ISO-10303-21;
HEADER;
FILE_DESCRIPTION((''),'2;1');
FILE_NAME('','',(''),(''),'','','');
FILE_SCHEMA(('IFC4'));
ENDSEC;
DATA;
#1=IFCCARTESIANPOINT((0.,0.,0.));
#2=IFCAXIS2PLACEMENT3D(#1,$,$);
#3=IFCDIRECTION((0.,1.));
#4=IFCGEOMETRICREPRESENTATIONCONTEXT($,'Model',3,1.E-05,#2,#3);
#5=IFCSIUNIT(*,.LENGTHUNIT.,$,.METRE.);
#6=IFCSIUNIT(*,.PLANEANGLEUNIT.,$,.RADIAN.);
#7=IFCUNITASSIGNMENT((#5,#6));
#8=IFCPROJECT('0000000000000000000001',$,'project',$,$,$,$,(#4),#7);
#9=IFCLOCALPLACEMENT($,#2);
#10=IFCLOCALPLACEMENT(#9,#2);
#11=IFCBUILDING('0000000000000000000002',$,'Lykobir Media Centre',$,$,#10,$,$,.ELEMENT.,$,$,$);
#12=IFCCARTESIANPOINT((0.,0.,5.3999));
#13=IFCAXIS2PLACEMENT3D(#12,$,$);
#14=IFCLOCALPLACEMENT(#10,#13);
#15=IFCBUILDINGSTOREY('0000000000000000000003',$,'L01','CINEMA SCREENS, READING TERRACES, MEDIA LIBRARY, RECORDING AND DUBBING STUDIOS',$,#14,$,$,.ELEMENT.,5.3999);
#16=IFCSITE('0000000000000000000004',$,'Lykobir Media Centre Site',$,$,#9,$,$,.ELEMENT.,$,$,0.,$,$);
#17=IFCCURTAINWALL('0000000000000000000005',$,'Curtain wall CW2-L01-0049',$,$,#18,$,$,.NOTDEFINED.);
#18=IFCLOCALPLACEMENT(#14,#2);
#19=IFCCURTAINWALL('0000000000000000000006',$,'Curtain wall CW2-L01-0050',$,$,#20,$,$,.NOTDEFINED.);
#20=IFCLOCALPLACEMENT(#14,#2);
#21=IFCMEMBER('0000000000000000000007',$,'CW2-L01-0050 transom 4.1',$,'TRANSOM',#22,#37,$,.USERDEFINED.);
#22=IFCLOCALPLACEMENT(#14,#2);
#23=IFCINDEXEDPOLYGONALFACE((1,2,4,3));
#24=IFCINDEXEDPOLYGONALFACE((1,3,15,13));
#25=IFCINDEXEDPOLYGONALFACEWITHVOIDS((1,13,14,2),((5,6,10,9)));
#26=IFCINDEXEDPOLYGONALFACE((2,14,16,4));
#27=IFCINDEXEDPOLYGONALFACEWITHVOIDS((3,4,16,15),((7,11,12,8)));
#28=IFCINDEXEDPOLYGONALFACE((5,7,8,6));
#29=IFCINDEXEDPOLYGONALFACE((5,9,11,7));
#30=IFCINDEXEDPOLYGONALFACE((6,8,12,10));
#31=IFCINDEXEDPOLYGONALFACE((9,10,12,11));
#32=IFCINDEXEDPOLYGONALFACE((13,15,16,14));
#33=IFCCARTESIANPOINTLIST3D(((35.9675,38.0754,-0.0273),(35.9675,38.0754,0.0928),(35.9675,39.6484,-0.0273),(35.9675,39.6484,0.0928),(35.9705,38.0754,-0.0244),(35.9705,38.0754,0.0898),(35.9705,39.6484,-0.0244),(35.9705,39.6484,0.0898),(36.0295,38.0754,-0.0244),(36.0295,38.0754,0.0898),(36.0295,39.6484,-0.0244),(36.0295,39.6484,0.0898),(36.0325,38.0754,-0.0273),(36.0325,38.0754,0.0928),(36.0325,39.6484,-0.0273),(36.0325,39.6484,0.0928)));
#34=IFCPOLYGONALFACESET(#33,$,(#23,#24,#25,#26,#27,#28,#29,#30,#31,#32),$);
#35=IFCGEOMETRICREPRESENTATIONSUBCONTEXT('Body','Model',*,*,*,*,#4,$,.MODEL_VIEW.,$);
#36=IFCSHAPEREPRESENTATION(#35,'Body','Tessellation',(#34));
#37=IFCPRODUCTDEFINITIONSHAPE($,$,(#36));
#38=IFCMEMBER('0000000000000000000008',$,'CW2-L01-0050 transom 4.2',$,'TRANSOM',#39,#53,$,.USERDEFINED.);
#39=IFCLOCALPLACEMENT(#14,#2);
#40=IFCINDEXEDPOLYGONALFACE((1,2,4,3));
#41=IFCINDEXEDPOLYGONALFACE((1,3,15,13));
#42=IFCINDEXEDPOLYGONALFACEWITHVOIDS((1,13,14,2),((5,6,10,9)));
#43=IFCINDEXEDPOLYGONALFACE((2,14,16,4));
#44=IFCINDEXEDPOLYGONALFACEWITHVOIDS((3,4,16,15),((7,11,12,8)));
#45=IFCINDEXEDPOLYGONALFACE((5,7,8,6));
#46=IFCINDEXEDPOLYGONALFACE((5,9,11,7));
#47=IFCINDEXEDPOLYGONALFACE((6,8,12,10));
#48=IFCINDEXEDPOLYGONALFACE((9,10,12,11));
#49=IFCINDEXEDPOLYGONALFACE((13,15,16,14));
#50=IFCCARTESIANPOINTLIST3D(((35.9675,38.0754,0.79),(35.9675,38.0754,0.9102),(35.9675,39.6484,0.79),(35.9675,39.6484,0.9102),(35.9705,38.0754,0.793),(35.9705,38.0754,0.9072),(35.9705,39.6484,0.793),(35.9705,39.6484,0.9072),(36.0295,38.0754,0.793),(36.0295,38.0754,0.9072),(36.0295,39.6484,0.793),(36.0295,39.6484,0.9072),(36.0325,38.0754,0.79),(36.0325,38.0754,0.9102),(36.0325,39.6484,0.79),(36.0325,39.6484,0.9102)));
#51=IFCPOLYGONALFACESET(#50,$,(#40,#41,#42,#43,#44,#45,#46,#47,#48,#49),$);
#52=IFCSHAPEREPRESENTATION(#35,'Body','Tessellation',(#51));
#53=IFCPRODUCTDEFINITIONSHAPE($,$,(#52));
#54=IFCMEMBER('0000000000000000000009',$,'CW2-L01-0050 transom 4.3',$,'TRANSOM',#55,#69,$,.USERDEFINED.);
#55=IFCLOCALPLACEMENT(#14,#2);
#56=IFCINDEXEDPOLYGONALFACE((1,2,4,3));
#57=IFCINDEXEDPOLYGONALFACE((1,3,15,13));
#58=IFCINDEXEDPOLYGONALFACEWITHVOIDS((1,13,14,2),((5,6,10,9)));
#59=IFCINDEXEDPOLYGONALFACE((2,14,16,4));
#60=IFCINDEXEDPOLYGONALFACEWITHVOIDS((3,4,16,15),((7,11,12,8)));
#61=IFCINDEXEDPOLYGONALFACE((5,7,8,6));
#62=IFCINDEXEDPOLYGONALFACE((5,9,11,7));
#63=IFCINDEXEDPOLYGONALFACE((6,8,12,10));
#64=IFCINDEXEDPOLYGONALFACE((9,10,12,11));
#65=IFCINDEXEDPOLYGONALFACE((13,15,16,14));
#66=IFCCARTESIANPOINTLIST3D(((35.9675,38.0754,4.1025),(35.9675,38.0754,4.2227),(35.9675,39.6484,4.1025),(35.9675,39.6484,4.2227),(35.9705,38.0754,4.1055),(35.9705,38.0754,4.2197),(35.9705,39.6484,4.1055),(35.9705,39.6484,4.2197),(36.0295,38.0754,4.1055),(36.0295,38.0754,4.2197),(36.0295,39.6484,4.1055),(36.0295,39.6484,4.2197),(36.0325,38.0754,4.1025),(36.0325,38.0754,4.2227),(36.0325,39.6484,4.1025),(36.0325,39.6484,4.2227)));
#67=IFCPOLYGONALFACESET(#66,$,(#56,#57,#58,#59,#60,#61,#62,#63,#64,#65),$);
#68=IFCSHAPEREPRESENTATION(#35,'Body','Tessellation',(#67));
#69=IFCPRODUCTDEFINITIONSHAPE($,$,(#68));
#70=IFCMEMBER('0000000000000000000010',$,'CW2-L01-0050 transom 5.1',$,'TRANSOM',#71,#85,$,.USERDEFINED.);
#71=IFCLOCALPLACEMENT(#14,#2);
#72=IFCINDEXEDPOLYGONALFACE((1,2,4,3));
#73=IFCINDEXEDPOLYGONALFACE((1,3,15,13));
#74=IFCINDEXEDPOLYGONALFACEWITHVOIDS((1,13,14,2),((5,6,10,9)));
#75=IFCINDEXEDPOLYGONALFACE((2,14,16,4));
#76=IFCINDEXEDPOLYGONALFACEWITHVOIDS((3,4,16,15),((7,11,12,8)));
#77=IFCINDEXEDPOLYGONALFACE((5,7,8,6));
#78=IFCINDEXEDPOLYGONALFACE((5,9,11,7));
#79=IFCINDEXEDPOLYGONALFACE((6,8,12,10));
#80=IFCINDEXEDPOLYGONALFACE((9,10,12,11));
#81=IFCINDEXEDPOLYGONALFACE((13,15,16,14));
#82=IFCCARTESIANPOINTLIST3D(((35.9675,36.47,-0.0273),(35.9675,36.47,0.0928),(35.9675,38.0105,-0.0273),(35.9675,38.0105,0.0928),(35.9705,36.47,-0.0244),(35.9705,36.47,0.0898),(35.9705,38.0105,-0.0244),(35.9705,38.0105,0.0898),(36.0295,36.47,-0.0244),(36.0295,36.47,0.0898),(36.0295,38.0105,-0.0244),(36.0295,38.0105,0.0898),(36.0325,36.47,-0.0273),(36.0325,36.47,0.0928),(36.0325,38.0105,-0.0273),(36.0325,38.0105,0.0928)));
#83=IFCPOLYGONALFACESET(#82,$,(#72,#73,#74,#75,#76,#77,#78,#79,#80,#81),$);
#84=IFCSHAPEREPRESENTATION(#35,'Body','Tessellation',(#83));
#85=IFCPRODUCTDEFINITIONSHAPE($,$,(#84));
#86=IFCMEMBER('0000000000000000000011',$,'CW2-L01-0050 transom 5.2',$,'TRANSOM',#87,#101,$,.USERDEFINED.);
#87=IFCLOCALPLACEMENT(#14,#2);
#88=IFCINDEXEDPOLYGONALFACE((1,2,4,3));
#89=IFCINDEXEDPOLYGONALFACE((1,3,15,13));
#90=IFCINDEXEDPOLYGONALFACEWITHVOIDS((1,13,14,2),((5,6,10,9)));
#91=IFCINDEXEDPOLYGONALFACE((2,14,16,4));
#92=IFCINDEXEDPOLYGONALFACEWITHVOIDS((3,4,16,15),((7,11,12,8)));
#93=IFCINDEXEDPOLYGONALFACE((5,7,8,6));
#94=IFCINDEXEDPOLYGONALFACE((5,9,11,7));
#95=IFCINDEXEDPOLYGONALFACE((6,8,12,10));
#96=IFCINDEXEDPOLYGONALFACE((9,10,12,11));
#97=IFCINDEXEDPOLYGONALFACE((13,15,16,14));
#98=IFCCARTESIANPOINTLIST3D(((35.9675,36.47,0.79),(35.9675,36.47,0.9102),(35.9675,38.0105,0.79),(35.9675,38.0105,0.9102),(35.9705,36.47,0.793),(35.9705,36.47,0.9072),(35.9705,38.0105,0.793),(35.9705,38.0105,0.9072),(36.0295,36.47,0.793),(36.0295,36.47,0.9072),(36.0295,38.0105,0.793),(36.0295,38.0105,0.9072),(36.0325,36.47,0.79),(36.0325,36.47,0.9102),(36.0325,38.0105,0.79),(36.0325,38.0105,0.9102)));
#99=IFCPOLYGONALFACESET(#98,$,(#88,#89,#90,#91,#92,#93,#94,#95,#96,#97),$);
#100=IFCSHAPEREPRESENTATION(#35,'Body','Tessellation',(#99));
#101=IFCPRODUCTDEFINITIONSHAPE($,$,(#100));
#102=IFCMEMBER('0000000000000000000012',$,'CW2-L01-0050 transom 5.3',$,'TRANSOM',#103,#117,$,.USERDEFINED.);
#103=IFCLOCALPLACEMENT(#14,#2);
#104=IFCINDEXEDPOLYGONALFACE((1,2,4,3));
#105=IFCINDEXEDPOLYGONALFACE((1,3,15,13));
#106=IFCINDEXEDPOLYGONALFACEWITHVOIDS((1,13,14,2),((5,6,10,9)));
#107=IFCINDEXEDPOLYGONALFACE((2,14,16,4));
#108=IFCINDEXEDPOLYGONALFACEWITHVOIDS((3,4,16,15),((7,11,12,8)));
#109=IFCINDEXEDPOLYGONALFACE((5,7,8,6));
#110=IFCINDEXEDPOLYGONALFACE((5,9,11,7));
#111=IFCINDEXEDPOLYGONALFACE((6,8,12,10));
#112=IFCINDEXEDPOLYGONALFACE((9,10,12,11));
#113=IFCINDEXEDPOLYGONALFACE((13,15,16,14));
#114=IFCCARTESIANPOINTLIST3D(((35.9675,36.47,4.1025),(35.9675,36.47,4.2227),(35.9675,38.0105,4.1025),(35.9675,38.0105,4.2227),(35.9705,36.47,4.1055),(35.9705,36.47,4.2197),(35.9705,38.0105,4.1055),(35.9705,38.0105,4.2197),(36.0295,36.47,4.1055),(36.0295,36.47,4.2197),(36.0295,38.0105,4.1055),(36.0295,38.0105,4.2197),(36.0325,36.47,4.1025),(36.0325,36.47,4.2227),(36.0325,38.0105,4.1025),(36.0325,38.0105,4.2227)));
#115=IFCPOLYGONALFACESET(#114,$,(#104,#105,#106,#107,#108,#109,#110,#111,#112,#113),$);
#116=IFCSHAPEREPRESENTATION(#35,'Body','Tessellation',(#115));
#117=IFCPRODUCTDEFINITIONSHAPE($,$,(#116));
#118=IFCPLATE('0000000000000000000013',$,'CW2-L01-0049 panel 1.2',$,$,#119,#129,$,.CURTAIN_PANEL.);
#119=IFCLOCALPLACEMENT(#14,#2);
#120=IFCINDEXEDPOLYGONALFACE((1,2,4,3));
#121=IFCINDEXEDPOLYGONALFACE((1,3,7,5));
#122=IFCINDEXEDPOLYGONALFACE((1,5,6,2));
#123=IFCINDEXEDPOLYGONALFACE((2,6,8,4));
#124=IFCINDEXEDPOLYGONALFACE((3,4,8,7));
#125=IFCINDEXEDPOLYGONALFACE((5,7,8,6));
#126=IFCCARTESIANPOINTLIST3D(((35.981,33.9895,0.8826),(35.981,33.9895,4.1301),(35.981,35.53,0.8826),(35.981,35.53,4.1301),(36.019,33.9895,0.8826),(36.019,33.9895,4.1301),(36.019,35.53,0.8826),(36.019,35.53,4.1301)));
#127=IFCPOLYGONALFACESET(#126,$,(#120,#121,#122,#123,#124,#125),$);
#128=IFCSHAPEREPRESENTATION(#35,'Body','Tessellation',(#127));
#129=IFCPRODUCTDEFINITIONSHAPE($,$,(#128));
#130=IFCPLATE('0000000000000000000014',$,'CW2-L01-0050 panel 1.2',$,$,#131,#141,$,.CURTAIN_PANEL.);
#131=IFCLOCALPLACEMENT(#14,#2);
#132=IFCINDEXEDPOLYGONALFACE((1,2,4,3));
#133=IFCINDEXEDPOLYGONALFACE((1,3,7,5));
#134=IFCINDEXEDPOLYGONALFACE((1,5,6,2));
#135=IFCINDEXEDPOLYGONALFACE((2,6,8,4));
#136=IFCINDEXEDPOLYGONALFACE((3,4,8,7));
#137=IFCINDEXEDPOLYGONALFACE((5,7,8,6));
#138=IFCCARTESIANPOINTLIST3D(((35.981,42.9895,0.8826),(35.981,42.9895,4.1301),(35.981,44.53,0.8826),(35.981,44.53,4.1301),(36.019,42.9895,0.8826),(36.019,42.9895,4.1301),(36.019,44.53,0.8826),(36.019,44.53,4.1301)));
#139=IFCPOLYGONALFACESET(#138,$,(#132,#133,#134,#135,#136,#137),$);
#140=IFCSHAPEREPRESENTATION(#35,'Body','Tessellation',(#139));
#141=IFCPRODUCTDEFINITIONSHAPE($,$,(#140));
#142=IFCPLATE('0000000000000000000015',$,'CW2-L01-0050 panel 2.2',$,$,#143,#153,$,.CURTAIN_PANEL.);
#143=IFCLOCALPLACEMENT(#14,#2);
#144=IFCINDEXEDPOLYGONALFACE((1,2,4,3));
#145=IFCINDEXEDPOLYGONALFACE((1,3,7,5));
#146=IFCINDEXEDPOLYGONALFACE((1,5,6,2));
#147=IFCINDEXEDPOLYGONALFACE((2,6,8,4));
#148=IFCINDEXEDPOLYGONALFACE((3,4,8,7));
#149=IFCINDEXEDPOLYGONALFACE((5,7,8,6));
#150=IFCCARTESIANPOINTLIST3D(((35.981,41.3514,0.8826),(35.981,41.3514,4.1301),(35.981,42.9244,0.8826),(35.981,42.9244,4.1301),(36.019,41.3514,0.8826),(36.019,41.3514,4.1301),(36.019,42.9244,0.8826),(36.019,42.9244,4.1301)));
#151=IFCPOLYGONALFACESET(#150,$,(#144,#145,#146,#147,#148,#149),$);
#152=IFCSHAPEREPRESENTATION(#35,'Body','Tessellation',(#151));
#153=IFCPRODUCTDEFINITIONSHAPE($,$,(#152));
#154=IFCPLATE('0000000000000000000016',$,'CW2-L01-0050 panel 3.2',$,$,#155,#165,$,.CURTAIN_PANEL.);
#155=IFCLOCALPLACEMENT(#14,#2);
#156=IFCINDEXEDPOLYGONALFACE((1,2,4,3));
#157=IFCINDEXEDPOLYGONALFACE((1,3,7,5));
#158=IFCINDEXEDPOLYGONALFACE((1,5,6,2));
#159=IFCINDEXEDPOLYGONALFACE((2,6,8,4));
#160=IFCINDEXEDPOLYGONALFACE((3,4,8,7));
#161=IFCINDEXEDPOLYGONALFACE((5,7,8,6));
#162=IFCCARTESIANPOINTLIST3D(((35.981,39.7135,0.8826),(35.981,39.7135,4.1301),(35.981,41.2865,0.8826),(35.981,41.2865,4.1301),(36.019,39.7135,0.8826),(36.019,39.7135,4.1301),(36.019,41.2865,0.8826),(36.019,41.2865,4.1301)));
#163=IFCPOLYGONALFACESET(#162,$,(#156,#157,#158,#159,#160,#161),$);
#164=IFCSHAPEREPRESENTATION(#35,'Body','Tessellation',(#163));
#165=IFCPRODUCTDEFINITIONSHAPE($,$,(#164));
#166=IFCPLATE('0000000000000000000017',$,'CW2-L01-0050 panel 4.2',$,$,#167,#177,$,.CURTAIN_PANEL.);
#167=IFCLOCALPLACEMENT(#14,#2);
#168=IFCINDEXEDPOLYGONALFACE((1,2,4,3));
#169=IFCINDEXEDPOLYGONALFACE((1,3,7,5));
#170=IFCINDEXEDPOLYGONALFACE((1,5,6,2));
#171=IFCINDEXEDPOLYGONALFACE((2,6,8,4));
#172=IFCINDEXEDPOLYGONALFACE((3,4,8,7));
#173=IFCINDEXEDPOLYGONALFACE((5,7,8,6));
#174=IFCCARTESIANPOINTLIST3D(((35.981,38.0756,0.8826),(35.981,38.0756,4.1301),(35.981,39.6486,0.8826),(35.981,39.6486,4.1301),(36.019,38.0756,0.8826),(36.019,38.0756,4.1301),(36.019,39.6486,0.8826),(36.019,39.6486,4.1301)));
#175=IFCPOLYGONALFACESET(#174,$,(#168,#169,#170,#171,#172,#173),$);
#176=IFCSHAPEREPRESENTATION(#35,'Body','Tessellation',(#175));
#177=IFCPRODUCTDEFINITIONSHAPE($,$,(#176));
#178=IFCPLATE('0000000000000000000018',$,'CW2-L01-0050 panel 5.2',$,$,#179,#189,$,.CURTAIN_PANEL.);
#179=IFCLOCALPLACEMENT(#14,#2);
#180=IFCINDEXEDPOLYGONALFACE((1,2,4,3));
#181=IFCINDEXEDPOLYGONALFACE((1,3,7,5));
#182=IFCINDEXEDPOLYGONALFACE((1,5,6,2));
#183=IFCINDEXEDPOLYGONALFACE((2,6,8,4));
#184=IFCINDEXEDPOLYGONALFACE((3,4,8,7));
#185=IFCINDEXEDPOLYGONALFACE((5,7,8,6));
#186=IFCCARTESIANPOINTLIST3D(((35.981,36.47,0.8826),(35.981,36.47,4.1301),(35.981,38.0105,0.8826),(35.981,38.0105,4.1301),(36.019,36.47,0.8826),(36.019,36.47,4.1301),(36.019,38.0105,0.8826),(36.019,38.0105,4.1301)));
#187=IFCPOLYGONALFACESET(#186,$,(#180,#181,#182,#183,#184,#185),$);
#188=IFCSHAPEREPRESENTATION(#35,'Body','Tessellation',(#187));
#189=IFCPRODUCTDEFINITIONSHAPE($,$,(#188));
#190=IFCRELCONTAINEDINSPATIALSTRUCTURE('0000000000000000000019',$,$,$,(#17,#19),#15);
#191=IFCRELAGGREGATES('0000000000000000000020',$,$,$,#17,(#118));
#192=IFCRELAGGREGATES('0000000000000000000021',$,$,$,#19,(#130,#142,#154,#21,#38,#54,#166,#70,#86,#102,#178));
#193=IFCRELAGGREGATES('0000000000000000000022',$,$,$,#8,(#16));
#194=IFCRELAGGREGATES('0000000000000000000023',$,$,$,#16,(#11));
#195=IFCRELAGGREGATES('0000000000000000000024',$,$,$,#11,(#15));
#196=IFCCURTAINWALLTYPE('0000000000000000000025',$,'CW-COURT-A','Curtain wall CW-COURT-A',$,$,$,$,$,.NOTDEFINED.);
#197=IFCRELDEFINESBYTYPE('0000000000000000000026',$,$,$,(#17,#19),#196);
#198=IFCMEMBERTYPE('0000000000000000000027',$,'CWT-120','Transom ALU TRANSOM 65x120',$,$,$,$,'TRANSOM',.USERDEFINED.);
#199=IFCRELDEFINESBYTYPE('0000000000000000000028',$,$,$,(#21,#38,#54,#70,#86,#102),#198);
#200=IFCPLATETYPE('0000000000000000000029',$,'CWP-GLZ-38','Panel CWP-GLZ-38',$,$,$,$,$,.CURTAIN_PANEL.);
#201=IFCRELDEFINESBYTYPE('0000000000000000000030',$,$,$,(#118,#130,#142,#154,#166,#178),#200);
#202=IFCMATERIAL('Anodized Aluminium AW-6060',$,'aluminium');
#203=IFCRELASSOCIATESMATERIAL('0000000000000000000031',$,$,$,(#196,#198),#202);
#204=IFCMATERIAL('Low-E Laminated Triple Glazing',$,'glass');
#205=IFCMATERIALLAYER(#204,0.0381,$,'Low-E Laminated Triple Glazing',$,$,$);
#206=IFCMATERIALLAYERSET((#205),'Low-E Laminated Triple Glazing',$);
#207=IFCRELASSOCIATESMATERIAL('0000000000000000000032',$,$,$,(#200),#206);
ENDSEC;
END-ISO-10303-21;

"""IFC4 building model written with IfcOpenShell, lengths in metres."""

from ifc_helpers import new_model, si_unit, direction, frame, origin, origin_2d, place, context, subcontext, project, spatial, rectangle, hollow_rectangle, extrude, material, layer, layer_set, material_profile, profile_set, type_object, element, aggregate, save


model = new_model("IFC4")

# Units and contexts
model_context = context("Model", 3, precision=1e-05, world=origin(), true_north=direction((0.0, 1.0)))
body_context = subcontext(model_context, "Body", "Model", "MODEL_VIEW")
ifc_project = project(units=[si_unit("LENGTHUNIT", "METRE"), si_unit("PLANEANGLEUNIT", "RADIAN")], contexts=[model_context])

# Site, building, storey
site_placement = place(None, origin())
site = spatial("IfcSite", under=ifc_project, at=site_placement, Name="Lykobir Media Centre Site", CompositionType="ELEMENT", RefElevation=0.0)
building_placement = place(site_placement, origin())
building = spatial("IfcBuilding", under=site, at=building_placement, Name="Lykobir Media Centre", CompositionType="ELEMENT")
storey_placement = place(building_placement, frame((0.0, 0.0, 5.3999)))
storey = spatial("IfcBuildingStorey", under=building, at=storey_placement, Name="L01", Description="CINEMA SCREENS, READING TERRACES, MEDIA LIBRARY, RECORDING AND DUBBING STUDIOS", CompositionType="ELEMENT", Elevation=5.3999)

# Curtain wall
ifc_material_1 = material(Name="Anodized Aluminium AW-6060", Category="aluminium")
curtain_wall_type = type_object("IfcCurtainWallType", Name="CW-COURT-A", Description="Curtain wall CW-COURT-A", PredefinedType="NOTDEFINED", material=ifc_material_1)
curtain_wall_1_placement = place(storey_placement, origin())
curtain_wall_1 = element("IfcCurtainWall", 1, at=curtain_wall_1_placement, inside=storey, type_object=curtain_wall_type, Name="Curtain wall CW2-L01-0049", PredefinedType="NOTDEFINED")

# Curtain wall
curtain_wall_2_placement = place(storey_placement, origin())
curtain_wall_2 = element("IfcCurtainWall", 2, at=curtain_wall_2_placement, inside=storey, type_object=curtain_wall_type, Name="Curtain wall CW2-L01-0050", PredefinedType="NOTDEFINED")

# Members
ifc_material_profile_1 = material_profile(ifc_material_1, hollow_rectangle(XDim=0.0649, YDim=0.1201, WallThickness=0.0029, at=origin_2d()), Name="ALU TRANSOM 65x120")
ifc_profile_set_1 = profile_set([ifc_material_profile_1], Name="Anodized Aluminium AW-6060")
member_type_1 = type_object("IfcMemberType", Name="CWT-120", Description="Transom ALU TRANSOM 65x120", ElementType="TRANSOM", PredefinedType="USERDEFINED", material=ifc_profile_set_1)
member_1_placement = place(storey_placement, frame((36.0, 39.6484, 0.0327), z_axis=(0.0, -1.0, 0.0), x_axis=(1.0, 0.0, 0.0)))
member_1 = element("IfcMember", 3, at=member_1_placement, type_object=member_type_1, Name="CW2-L01-0050 transom 4.1", ObjectType="TRANSOM", PredefinedType="USERDEFINED", context=body_context, shape_type="SweptSolid", body=[
    extrude(hollow_rectangle(XDim=0.0649, YDim=0.1201, WallThickness=0.0029, at=origin_2d()), origin(), (0.0, 0.0, 1.0), 1.573),
])
member_2_placement = place(storey_placement, frame((36.0, 39.6484, 0.8501), z_axis=(0.0, -1.0, 0.0), x_axis=(1.0, 0.0, 0.0)))
member_2 = element("IfcMember", 4, at=member_2_placement, type_object=member_type_1, Name="CW2-L01-0050 transom 4.2", ObjectType="TRANSOM", PredefinedType="USERDEFINED", context=body_context, shape_type="SweptSolid", body=[
    extrude(hollow_rectangle(XDim=0.0649, YDim=0.1201, WallThickness=0.0029, at=origin_2d()), origin(), (0.0, 0.0, 1.0), 1.573),
])
member_3_placement = place(storey_placement, frame((36.0, 39.6484, 4.1626), z_axis=(0.0, -1.0, 0.0), x_axis=(1.0, 0.0, 0.0)))
member_3 = element("IfcMember", 5, at=member_3_placement, type_object=member_type_1, Name="CW2-L01-0050 transom 4.3", ObjectType="TRANSOM", PredefinedType="USERDEFINED", context=body_context, shape_type="SweptSolid", body=[
    extrude(hollow_rectangle(XDim=0.0649, YDim=0.1201, WallThickness=0.0029, at=origin_2d()), origin(), (0.0, 0.0, 1.0), 1.573),
])
member_4_placement = place(storey_placement, frame((36.0, 38.0105, 0.0327), z_axis=(0.0, -1.0, 0.0), x_axis=(1.0, 0.0, 0.0)))
member_4 = element("IfcMember", 6, at=member_4_placement, type_object=member_type_1, Name="CW2-L01-0050 transom 5.1", ObjectType="TRANSOM", PredefinedType="USERDEFINED", context=body_context, shape_type="SweptSolid", body=[
    extrude(hollow_rectangle(XDim=0.0649, YDim=0.1201, WallThickness=0.0029, at=origin_2d()), origin(), (0.0, 0.0, 1.0), 1.5405),
])
member_5_placement = place(storey_placement, frame((36.0, 38.0105, 0.8501), z_axis=(0.0, -1.0, 0.0), x_axis=(1.0, 0.0, 0.0)))
member_5 = element("IfcMember", 7, at=member_5_placement, type_object=member_type_1, Name="CW2-L01-0050 transom 5.2", ObjectType="TRANSOM", PredefinedType="USERDEFINED", context=body_context, shape_type="SweptSolid", body=[
    extrude(hollow_rectangle(XDim=0.0649, YDim=0.1201, WallThickness=0.0029, at=origin_2d()), origin(), (0.0, 0.0, 1.0), 1.5405),
])
member_6_placement = place(storey_placement, frame((36.0, 38.0105, 4.1626), z_axis=(0.0, -1.0, 0.0), x_axis=(1.0, 0.0, 0.0)))
member_6 = element("IfcMember", 8, at=member_6_placement, type_object=member_type_1, Name="CW2-L01-0050 transom 5.3", ObjectType="TRANSOM", PredefinedType="USERDEFINED", context=body_context, shape_type="SweptSolid", body=[
    extrude(hollow_rectangle(XDim=0.0649, YDim=0.1201, WallThickness=0.0029, at=origin_2d()), origin(), (0.0, 0.0, 1.0), 1.5405),
])

# Plates
ifc_material_2 = material(Name="Low-E Laminated Triple Glazing", Category="glass")
ifc_layer_1 = layer(ifc_material_2, 0.0381, Name="Low-E Laminated Triple Glazing")
ifc_layer_set_1 = layer_set([ifc_layer_1], Name="Low-E Laminated Triple Glazing")
plate_type_1 = type_object("IfcPlateType", Name="CWP-GLZ-38", Description="Panel CWP-GLZ-38", PredefinedType="CURTAIN_PANEL", material=ifc_layer_set_1)
plate_1_placement = place(storey_placement, frame((36.0, 34.7598, 0.8826), z_axis=(0.0, 0.0, 1.0), x_axis=(0.0, -1.0, 0.0)))
plate_1 = element("IfcPlate", 9, at=plate_1_placement, type_object=plate_type_1, Name="CW2-L01-0049 panel 1.2", PredefinedType="CURTAIN_PANEL", context=body_context, shape_type="SweptSolid", body=[
    extrude(rectangle(XDim=1.5405, YDim=0.0381, at=origin_2d()), origin(), (0.0, 0.0, 1.0), 3.2476),
])
aggregate(curtain_wall_1, [plate_1])
plate_2_placement = place(storey_placement, frame((36.0, 43.7598, 0.8826), z_axis=(0.0, 0.0, 1.0), x_axis=(0.0, -1.0, 0.0)))
plate_2 = element("IfcPlate", 10, at=plate_2_placement, type_object=plate_type_1, Name="CW2-L01-0050 panel 1.2", PredefinedType="CURTAIN_PANEL", context=body_context, shape_type="SweptSolid", body=[
    extrude(rectangle(XDim=1.5405, YDim=0.0381, at=origin_2d()), origin(), (0.0, 0.0, 1.0), 3.2476),
])
plate_3_placement = place(storey_placement, frame((36.0, 42.1379, 0.8826), z_axis=(0.0, 0.0, 1.0), x_axis=(0.0, -1.0, 0.0)))
plate_3 = element("IfcPlate", 11, at=plate_3_placement, type_object=plate_type_1, Name="CW2-L01-0050 panel 2.2", PredefinedType="CURTAIN_PANEL", context=body_context, shape_type="SweptSolid", body=[
    extrude(rectangle(XDim=1.573, YDim=0.0381, at=origin_2d()), origin(), (0.0, 0.0, 1.0), 3.2476),
])
plate_4_placement = place(storey_placement, frame((36.0, 40.5, 0.8826), z_axis=(0.0, 0.0, 1.0), x_axis=(0.0, -1.0, 0.0)))
plate_4 = element("IfcPlate", 12, at=plate_4_placement, type_object=plate_type_1, Name="CW2-L01-0050 panel 3.2", PredefinedType="CURTAIN_PANEL", context=body_context, shape_type="SweptSolid", body=[
    extrude(rectangle(XDim=1.573, YDim=0.0381, at=origin_2d()), origin(), (0.0, 0.0, 1.0), 3.2476),
])
plate_5_placement = place(storey_placement, frame((36.0, 38.8621, 0.8826), z_axis=(0.0, 0.0, 1.0), x_axis=(0.0, -1.0, 0.0)))
plate_5 = element("IfcPlate", 13, at=plate_5_placement, type_object=plate_type_1, Name="CW2-L01-0050 panel 4.2", PredefinedType="CURTAIN_PANEL", context=body_context, shape_type="SweptSolid", body=[
    extrude(rectangle(XDim=1.573, YDim=0.0381, at=origin_2d()), origin(), (0.0, 0.0, 1.0), 3.2476),
])
plate_6_placement = place(storey_placement, frame((36.0, 37.2402, 0.8826), z_axis=(0.0, 0.0, 1.0), x_axis=(0.0, -1.0, 0.0)))
plate_6 = element("IfcPlate", 14, at=plate_6_placement, type_object=plate_type_1, Name="CW2-L01-0050 panel 5.2", PredefinedType="CURTAIN_PANEL", context=body_context, shape_type="SweptSolid", body=[
    extrude(rectangle(XDim=1.5405, YDim=0.0381, at=origin_2d()), origin(), (0.0, 0.0, 1.0), 3.2476),
])
aggregate(curtain_wall_2, [plate_2, plate_3, plate_4, member_1, member_2, member_3, plate_5, member_4, member_5, member_6, plate_6])

save(model, "model.ifc")
